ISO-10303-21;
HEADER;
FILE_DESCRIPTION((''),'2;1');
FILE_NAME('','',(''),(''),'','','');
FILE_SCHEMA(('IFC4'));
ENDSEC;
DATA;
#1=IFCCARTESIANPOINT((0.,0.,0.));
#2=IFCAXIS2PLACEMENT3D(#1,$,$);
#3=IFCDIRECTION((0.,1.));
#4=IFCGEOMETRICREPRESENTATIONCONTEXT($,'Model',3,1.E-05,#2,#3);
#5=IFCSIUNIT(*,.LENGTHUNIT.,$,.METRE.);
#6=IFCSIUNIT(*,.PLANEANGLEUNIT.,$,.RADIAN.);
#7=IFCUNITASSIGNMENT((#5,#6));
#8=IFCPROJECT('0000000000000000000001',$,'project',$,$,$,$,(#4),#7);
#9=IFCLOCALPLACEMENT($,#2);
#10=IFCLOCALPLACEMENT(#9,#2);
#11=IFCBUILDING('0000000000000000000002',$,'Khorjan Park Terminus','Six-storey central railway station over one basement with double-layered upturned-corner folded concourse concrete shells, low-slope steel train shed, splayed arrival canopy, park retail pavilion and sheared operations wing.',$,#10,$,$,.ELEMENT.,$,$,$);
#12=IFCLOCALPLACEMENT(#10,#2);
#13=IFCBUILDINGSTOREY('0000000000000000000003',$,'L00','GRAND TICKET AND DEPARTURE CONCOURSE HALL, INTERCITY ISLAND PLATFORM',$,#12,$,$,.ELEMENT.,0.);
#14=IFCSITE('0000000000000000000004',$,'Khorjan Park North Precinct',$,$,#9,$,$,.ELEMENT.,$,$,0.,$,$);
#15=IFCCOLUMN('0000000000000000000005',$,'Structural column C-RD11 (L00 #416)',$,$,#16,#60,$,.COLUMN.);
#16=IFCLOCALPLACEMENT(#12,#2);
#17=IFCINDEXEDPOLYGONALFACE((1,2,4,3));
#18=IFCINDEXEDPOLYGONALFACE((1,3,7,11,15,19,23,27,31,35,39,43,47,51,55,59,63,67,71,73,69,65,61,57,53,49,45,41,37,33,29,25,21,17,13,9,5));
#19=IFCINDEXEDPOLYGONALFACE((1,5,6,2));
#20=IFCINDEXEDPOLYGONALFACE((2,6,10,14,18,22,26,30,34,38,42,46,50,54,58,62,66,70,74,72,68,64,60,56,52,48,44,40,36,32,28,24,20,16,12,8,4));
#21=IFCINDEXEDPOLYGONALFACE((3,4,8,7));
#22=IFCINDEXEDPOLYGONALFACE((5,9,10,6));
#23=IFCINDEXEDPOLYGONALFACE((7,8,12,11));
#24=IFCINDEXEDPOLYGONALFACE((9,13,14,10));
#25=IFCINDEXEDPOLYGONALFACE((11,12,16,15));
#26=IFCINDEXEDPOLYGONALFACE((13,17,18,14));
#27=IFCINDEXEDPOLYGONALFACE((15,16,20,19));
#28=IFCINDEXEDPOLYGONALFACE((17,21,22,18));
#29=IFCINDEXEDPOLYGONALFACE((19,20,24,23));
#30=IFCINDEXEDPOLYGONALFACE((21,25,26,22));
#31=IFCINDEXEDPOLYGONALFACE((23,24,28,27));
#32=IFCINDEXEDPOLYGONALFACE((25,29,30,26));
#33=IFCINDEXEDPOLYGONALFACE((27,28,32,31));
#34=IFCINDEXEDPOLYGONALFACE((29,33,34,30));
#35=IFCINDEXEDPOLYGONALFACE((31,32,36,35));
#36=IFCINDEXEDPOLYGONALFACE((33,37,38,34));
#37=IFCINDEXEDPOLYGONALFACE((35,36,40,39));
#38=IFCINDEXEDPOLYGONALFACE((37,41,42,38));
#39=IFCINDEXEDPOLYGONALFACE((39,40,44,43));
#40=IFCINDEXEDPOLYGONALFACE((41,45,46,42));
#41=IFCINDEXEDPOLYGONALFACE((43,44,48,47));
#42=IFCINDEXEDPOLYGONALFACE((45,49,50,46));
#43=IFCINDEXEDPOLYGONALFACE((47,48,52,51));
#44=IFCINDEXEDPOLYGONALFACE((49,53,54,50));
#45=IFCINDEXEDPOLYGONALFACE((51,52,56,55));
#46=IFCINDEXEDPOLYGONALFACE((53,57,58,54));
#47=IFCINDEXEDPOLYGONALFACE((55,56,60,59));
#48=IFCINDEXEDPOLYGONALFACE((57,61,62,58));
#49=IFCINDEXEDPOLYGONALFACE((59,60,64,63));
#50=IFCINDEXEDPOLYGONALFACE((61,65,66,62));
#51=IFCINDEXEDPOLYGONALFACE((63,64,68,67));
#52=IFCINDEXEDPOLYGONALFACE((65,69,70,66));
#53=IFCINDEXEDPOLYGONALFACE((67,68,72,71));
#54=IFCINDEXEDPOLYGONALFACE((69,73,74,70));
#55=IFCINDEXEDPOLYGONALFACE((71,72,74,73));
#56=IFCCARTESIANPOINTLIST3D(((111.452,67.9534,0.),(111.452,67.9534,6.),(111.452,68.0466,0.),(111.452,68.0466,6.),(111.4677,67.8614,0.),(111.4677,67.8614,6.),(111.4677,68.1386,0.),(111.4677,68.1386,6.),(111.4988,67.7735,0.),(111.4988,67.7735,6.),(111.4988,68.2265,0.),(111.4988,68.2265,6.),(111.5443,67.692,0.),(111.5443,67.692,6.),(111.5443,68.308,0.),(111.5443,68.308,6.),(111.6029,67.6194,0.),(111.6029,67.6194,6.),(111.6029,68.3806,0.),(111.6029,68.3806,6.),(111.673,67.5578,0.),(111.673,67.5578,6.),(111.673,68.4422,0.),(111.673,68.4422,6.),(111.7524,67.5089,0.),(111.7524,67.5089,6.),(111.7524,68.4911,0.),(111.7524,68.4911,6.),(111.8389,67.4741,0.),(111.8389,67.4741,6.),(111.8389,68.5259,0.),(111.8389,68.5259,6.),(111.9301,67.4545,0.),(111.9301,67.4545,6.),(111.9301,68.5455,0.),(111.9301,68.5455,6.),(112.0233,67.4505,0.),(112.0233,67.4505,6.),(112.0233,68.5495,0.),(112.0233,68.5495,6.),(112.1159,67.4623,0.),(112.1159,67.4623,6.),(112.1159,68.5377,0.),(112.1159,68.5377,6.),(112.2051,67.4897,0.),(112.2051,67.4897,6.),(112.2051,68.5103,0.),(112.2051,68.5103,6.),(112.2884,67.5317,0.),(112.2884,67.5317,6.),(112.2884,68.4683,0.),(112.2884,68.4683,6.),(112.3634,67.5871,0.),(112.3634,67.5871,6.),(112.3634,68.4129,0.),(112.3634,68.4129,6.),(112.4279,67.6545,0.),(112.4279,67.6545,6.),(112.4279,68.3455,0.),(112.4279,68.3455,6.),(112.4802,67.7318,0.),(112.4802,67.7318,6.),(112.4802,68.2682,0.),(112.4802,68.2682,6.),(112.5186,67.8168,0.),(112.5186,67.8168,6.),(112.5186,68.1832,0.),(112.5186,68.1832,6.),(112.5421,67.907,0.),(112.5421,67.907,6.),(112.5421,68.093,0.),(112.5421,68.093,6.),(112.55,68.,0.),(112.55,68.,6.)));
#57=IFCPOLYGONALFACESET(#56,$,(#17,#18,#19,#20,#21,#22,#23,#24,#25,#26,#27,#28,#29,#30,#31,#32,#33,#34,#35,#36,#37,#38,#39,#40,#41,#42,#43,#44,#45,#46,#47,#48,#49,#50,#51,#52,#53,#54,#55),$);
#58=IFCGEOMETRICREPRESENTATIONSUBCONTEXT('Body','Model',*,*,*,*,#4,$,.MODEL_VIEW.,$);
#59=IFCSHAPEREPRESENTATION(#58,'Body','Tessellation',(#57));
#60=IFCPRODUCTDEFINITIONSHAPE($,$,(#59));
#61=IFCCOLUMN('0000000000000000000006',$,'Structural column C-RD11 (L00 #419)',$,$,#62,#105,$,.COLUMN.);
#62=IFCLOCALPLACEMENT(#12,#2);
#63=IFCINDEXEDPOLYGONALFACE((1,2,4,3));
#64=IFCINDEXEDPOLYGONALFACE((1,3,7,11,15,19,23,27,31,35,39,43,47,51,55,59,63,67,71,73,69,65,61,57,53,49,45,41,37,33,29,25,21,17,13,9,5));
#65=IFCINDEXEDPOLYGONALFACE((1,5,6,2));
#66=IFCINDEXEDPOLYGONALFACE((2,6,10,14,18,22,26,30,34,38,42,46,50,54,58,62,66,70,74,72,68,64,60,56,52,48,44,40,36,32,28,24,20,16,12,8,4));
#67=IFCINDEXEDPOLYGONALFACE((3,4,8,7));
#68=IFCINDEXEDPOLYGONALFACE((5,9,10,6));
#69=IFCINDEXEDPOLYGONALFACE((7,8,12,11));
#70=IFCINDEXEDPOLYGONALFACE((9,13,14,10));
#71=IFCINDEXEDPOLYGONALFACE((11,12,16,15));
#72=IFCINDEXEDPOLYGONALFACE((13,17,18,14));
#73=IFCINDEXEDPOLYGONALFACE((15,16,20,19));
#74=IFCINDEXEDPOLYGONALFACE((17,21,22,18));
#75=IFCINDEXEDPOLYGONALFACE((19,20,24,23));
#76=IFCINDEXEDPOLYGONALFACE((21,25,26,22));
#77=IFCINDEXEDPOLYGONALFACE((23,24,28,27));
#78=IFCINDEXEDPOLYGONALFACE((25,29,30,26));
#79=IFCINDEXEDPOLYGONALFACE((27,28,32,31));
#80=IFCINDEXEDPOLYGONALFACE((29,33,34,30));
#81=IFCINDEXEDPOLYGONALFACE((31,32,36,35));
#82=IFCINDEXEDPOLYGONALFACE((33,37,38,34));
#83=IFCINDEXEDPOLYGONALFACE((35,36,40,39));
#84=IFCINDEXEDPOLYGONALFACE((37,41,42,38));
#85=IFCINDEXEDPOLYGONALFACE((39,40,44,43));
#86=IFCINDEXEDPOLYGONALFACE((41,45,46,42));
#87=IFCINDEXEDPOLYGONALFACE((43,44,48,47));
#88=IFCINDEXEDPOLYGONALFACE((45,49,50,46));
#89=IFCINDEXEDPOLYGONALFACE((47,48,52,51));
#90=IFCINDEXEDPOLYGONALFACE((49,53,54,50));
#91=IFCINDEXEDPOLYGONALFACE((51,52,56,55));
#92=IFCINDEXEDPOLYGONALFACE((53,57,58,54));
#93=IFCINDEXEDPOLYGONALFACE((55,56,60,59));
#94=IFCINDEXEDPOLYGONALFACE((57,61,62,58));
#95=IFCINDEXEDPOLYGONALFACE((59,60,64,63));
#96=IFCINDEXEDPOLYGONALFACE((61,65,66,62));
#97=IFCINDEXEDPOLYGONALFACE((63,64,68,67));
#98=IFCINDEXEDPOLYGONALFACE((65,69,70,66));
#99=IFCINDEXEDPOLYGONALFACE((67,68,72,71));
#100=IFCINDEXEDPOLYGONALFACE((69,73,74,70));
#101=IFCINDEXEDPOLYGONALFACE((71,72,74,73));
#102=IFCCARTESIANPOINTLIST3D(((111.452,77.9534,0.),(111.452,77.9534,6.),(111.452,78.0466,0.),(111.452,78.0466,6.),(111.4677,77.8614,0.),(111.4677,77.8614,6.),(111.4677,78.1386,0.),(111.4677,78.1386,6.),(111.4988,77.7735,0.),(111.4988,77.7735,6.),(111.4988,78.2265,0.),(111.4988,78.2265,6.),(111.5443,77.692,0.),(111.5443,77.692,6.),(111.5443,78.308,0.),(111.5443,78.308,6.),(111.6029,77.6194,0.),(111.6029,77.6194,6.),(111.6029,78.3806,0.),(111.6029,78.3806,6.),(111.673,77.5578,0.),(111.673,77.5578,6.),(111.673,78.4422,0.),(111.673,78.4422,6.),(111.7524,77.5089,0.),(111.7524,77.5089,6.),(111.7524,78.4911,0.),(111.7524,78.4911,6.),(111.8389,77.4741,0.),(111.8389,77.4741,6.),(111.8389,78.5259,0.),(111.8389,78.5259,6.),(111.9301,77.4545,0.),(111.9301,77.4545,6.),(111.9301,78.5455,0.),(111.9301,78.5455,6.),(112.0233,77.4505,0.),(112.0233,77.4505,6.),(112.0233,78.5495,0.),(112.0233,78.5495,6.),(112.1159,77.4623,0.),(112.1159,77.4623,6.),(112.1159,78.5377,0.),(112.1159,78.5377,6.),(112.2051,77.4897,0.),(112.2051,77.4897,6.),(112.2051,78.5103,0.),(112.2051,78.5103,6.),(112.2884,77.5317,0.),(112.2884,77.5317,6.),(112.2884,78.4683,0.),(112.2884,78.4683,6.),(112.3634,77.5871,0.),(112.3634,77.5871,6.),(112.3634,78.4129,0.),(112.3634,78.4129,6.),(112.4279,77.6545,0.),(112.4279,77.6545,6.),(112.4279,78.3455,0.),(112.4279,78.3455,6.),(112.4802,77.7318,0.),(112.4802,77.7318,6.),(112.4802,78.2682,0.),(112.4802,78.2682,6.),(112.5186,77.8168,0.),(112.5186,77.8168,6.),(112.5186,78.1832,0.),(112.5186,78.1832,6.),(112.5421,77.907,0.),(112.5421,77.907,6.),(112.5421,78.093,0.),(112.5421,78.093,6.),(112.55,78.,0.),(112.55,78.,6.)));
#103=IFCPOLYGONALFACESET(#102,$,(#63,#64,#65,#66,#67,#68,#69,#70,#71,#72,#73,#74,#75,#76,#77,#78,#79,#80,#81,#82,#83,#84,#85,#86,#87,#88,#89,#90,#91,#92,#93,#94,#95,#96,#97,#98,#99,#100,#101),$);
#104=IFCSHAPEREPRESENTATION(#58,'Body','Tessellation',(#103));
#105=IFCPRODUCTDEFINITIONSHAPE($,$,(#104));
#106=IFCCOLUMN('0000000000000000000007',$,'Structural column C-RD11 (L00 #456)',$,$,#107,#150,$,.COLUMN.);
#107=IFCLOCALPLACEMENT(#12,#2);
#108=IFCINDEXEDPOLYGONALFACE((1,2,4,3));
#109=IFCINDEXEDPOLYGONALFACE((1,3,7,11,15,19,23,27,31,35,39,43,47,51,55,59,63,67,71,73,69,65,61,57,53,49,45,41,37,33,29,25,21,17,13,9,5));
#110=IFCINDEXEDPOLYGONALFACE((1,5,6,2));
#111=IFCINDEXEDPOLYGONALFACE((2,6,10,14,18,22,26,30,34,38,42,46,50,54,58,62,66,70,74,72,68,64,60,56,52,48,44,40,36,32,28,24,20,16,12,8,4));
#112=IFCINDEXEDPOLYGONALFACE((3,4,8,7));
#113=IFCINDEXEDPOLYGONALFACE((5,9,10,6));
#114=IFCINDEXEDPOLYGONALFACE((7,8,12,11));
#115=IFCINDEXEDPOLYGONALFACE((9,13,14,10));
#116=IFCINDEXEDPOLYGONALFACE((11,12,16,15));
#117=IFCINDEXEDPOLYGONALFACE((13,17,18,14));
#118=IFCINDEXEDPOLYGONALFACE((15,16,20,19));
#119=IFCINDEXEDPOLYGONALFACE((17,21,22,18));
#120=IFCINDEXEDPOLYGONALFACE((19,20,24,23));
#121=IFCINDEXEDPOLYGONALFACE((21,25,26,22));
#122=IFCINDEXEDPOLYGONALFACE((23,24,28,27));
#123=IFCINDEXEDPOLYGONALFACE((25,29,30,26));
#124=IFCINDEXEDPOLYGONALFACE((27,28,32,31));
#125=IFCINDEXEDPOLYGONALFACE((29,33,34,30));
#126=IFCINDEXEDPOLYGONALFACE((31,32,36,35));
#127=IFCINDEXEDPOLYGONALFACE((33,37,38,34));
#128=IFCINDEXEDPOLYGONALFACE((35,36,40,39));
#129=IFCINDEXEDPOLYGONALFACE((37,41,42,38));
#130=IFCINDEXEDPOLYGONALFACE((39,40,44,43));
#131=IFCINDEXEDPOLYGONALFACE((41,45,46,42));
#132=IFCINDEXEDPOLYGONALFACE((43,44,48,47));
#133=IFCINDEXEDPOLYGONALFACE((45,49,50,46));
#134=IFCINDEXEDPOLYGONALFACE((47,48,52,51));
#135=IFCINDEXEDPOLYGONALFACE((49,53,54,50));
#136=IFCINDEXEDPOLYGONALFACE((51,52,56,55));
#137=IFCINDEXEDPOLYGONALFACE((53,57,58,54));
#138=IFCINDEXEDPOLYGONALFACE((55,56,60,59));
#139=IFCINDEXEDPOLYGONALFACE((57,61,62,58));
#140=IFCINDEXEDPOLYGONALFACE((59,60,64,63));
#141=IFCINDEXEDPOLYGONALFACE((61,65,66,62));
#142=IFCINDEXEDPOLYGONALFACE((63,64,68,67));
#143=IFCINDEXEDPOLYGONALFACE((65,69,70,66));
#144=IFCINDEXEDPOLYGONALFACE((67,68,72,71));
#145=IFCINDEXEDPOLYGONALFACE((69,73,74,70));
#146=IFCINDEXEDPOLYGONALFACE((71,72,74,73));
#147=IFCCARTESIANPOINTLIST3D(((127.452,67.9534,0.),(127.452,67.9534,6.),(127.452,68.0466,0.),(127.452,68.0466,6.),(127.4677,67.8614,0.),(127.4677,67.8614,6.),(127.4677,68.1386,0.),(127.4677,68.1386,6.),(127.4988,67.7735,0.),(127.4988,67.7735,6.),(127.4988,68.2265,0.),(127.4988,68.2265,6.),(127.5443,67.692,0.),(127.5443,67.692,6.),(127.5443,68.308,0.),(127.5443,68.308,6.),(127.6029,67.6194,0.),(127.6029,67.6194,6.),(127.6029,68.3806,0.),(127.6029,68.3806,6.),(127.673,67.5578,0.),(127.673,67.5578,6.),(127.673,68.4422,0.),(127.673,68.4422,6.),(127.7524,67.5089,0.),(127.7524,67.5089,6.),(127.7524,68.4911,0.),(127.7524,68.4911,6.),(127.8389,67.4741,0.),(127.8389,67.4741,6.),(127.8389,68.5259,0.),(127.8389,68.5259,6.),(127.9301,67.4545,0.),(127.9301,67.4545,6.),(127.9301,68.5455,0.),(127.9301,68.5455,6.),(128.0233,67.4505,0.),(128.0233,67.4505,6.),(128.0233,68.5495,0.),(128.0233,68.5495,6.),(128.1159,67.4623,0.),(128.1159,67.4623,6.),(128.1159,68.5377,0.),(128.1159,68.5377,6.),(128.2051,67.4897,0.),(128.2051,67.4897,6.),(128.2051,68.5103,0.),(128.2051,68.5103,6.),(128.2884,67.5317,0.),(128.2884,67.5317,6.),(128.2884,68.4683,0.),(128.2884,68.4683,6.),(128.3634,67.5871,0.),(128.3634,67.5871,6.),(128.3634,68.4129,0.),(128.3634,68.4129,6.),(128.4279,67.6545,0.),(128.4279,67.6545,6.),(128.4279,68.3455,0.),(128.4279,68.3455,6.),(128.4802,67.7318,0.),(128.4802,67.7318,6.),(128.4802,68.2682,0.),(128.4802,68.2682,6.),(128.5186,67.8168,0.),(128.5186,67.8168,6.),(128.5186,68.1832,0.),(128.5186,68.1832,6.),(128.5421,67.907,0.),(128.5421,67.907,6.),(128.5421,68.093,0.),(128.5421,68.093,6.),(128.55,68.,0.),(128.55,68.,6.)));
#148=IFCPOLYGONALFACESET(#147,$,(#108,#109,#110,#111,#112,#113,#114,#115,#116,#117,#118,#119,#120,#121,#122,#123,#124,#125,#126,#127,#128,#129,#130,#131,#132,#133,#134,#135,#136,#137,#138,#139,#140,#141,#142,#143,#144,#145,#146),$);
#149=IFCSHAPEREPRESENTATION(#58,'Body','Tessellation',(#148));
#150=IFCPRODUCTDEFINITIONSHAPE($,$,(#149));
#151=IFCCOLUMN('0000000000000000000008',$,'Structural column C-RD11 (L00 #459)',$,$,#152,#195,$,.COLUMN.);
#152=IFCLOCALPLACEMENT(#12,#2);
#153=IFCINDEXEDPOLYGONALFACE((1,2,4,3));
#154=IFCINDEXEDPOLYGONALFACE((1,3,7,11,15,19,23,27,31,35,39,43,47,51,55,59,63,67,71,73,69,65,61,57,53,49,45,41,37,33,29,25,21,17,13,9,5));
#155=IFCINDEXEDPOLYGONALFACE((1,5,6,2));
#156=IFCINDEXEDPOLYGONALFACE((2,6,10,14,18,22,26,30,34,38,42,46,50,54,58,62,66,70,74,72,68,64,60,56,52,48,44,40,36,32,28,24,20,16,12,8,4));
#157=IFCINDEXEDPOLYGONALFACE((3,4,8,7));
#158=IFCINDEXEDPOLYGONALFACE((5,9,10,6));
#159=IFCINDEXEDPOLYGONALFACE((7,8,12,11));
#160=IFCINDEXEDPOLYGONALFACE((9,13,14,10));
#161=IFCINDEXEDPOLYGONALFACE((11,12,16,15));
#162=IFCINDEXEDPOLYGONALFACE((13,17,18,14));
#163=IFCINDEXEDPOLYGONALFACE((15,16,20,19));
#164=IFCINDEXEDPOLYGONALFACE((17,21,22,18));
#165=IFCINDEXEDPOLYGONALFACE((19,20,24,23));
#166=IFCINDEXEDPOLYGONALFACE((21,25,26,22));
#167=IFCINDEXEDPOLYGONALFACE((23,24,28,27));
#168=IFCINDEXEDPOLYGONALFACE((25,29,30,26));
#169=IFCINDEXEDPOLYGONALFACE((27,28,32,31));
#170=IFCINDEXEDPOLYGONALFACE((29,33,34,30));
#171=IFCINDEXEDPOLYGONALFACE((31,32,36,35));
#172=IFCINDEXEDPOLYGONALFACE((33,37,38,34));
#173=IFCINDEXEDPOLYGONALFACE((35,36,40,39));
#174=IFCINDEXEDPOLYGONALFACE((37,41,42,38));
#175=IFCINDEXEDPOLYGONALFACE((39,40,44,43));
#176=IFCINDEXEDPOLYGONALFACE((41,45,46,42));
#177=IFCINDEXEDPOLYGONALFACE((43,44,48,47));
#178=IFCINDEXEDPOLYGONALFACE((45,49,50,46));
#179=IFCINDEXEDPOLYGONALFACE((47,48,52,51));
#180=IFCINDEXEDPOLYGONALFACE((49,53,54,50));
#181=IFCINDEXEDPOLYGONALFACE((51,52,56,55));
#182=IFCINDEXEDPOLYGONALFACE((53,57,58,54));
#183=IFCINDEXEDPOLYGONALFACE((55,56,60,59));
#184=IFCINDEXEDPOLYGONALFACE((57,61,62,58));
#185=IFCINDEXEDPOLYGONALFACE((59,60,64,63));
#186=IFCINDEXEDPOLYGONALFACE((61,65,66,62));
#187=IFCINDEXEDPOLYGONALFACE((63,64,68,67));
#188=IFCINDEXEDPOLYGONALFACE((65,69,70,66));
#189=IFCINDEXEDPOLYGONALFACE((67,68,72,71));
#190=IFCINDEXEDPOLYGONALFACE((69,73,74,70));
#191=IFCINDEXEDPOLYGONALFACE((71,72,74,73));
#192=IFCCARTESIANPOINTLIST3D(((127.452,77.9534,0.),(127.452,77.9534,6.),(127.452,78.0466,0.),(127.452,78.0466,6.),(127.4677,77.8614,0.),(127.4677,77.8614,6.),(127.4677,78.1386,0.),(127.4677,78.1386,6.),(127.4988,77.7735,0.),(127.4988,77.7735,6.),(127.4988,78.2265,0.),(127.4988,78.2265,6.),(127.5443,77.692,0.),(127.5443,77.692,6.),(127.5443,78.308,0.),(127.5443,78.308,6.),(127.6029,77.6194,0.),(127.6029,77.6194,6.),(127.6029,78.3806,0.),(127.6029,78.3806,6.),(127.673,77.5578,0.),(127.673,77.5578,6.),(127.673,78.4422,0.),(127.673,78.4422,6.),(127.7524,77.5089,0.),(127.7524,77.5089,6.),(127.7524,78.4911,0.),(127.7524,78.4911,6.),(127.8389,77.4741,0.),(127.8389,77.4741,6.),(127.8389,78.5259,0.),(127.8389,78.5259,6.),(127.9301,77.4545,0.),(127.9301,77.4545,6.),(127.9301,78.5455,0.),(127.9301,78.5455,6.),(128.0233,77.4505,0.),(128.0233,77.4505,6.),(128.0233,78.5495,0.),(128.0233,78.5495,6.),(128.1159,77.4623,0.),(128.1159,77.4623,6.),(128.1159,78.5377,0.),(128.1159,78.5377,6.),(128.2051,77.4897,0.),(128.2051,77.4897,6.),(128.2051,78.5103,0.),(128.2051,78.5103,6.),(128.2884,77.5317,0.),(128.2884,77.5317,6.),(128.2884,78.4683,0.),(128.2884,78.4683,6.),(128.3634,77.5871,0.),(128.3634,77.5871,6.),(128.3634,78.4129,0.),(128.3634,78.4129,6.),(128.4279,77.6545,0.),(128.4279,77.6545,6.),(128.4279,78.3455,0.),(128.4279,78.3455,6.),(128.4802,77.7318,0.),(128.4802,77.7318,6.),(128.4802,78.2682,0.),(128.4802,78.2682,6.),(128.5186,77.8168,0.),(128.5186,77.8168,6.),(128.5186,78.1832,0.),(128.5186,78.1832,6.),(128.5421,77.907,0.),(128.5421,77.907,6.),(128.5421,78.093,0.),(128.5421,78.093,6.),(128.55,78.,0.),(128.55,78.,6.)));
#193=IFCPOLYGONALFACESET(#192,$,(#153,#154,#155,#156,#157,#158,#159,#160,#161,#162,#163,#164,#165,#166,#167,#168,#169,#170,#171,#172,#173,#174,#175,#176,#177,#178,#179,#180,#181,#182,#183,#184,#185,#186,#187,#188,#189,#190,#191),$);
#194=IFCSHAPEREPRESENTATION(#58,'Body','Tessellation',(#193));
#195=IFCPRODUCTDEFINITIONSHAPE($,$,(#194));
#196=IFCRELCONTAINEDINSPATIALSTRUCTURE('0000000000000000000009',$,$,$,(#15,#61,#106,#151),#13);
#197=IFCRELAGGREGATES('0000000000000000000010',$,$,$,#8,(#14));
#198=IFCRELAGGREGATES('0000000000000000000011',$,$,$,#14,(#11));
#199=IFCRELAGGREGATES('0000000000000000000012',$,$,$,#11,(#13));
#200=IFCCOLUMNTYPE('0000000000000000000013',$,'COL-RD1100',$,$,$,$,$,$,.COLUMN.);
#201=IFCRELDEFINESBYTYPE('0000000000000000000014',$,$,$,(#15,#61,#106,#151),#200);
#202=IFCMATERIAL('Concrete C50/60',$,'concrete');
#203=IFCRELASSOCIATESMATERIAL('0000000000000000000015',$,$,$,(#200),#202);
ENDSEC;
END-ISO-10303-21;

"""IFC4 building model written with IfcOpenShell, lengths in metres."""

from ifc_helpers import new_model, si_unit, direction, frame, origin, origin_2d, place, context, subcontext, project, spatial, circle, extrude, material, material_profile, profile_set, type_object, element, save


model = new_model("IFC4")

# Units and contexts
model_context = context("Model", 3, precision=1e-05, world=origin(), true_north=direction((0.0, 1.0)))
body_context = subcontext(model_context, "Body", "Model", "MODEL_VIEW")
ifc_project = project(units=[si_unit("LENGTHUNIT", "METRE"), si_unit("PLANEANGLEUNIT", "RADIAN")], contexts=[model_context])

# Site, building, storey
site_placement = place(None, origin())
site = spatial("IfcSite", under=ifc_project, at=site_placement, Name="Khorjan Park North Precinct", CompositionType="ELEMENT", RefElevation=0.0)
building_placement = place(site_placement, origin())
building = spatial("IfcBuilding", under=site, at=building_placement, Name="Khorjan Park Terminus", Description="Six-storey central railway station over one basement with double-layered upturned-corner folded concourse concrete shells, low-slope steel train shed, splayed arrival canopy, park retail pavilion and sheared operations wing.", CompositionType="ELEMENT")
storey_placement = place(building_placement, origin())
storey = spatial("IfcBuildingStorey", under=building, at=storey_placement, Name="L00", Description="GRAND TICKET AND DEPARTURE CONCOURSE HALL, INTERCITY ISLAND PLATFORM", CompositionType="ELEMENT", Elevation=0.0)

# Columns
ifc_material_1 = material(Name="Concrete C50/60", Category="concrete")
ifc_material_profile_1 = material_profile(ifc_material_1, circle(Radius=0.55, at=origin_2d()), Name="RC D1100")
ifc_profile_set_1 = profile_set([ifc_material_profile_1], Name="Concrete C50/60")
column_type = type_object("IfcColumnType", Name="COL-RD1100", PredefinedType="COLUMN", material=ifc_profile_set_1)
for number, where, z_axis, x_axis, name in (
    (1, (112.0, 68.0, 0.0), (0.0, 0.0, 1.0), (1.0, 0.0, 0.0), "Structural column C-RD11 (L00 #416)"),
    (2, (112.0, 78.0, 0.0), (0.0, 0.0, 1.0), (1.0, 0.0, 0.0), "Structural column C-RD11 (L00 #419)"),
    (3, (128.0, 68.0, 0.0), (0.0, 0.0, 1.0), (1.0, 0.0, 0.0), "Structural column C-RD11 (L00 #456)"),
    (4, (128.0, 78.0, 0.0), (0.0, 0.0, 1.0), (1.0, 0.0, 0.0), "Structural column C-RD11 (L00 #459)"),
):
    element("IfcColumn", number, at=place(storey_placement, frame(where, z_axis=z_axis, x_axis=x_axis)), inside=storey, type_object=column_type, Name=name, PredefinedType="COLUMN", context=body_context, shape_type="SweptSolid", body=[
        extrude(circle(Radius=0.55, at=origin_2d()), origin(), (0.0, 0.0, 1.0), 6.0),
    ])

save(model, "model.ifc")
